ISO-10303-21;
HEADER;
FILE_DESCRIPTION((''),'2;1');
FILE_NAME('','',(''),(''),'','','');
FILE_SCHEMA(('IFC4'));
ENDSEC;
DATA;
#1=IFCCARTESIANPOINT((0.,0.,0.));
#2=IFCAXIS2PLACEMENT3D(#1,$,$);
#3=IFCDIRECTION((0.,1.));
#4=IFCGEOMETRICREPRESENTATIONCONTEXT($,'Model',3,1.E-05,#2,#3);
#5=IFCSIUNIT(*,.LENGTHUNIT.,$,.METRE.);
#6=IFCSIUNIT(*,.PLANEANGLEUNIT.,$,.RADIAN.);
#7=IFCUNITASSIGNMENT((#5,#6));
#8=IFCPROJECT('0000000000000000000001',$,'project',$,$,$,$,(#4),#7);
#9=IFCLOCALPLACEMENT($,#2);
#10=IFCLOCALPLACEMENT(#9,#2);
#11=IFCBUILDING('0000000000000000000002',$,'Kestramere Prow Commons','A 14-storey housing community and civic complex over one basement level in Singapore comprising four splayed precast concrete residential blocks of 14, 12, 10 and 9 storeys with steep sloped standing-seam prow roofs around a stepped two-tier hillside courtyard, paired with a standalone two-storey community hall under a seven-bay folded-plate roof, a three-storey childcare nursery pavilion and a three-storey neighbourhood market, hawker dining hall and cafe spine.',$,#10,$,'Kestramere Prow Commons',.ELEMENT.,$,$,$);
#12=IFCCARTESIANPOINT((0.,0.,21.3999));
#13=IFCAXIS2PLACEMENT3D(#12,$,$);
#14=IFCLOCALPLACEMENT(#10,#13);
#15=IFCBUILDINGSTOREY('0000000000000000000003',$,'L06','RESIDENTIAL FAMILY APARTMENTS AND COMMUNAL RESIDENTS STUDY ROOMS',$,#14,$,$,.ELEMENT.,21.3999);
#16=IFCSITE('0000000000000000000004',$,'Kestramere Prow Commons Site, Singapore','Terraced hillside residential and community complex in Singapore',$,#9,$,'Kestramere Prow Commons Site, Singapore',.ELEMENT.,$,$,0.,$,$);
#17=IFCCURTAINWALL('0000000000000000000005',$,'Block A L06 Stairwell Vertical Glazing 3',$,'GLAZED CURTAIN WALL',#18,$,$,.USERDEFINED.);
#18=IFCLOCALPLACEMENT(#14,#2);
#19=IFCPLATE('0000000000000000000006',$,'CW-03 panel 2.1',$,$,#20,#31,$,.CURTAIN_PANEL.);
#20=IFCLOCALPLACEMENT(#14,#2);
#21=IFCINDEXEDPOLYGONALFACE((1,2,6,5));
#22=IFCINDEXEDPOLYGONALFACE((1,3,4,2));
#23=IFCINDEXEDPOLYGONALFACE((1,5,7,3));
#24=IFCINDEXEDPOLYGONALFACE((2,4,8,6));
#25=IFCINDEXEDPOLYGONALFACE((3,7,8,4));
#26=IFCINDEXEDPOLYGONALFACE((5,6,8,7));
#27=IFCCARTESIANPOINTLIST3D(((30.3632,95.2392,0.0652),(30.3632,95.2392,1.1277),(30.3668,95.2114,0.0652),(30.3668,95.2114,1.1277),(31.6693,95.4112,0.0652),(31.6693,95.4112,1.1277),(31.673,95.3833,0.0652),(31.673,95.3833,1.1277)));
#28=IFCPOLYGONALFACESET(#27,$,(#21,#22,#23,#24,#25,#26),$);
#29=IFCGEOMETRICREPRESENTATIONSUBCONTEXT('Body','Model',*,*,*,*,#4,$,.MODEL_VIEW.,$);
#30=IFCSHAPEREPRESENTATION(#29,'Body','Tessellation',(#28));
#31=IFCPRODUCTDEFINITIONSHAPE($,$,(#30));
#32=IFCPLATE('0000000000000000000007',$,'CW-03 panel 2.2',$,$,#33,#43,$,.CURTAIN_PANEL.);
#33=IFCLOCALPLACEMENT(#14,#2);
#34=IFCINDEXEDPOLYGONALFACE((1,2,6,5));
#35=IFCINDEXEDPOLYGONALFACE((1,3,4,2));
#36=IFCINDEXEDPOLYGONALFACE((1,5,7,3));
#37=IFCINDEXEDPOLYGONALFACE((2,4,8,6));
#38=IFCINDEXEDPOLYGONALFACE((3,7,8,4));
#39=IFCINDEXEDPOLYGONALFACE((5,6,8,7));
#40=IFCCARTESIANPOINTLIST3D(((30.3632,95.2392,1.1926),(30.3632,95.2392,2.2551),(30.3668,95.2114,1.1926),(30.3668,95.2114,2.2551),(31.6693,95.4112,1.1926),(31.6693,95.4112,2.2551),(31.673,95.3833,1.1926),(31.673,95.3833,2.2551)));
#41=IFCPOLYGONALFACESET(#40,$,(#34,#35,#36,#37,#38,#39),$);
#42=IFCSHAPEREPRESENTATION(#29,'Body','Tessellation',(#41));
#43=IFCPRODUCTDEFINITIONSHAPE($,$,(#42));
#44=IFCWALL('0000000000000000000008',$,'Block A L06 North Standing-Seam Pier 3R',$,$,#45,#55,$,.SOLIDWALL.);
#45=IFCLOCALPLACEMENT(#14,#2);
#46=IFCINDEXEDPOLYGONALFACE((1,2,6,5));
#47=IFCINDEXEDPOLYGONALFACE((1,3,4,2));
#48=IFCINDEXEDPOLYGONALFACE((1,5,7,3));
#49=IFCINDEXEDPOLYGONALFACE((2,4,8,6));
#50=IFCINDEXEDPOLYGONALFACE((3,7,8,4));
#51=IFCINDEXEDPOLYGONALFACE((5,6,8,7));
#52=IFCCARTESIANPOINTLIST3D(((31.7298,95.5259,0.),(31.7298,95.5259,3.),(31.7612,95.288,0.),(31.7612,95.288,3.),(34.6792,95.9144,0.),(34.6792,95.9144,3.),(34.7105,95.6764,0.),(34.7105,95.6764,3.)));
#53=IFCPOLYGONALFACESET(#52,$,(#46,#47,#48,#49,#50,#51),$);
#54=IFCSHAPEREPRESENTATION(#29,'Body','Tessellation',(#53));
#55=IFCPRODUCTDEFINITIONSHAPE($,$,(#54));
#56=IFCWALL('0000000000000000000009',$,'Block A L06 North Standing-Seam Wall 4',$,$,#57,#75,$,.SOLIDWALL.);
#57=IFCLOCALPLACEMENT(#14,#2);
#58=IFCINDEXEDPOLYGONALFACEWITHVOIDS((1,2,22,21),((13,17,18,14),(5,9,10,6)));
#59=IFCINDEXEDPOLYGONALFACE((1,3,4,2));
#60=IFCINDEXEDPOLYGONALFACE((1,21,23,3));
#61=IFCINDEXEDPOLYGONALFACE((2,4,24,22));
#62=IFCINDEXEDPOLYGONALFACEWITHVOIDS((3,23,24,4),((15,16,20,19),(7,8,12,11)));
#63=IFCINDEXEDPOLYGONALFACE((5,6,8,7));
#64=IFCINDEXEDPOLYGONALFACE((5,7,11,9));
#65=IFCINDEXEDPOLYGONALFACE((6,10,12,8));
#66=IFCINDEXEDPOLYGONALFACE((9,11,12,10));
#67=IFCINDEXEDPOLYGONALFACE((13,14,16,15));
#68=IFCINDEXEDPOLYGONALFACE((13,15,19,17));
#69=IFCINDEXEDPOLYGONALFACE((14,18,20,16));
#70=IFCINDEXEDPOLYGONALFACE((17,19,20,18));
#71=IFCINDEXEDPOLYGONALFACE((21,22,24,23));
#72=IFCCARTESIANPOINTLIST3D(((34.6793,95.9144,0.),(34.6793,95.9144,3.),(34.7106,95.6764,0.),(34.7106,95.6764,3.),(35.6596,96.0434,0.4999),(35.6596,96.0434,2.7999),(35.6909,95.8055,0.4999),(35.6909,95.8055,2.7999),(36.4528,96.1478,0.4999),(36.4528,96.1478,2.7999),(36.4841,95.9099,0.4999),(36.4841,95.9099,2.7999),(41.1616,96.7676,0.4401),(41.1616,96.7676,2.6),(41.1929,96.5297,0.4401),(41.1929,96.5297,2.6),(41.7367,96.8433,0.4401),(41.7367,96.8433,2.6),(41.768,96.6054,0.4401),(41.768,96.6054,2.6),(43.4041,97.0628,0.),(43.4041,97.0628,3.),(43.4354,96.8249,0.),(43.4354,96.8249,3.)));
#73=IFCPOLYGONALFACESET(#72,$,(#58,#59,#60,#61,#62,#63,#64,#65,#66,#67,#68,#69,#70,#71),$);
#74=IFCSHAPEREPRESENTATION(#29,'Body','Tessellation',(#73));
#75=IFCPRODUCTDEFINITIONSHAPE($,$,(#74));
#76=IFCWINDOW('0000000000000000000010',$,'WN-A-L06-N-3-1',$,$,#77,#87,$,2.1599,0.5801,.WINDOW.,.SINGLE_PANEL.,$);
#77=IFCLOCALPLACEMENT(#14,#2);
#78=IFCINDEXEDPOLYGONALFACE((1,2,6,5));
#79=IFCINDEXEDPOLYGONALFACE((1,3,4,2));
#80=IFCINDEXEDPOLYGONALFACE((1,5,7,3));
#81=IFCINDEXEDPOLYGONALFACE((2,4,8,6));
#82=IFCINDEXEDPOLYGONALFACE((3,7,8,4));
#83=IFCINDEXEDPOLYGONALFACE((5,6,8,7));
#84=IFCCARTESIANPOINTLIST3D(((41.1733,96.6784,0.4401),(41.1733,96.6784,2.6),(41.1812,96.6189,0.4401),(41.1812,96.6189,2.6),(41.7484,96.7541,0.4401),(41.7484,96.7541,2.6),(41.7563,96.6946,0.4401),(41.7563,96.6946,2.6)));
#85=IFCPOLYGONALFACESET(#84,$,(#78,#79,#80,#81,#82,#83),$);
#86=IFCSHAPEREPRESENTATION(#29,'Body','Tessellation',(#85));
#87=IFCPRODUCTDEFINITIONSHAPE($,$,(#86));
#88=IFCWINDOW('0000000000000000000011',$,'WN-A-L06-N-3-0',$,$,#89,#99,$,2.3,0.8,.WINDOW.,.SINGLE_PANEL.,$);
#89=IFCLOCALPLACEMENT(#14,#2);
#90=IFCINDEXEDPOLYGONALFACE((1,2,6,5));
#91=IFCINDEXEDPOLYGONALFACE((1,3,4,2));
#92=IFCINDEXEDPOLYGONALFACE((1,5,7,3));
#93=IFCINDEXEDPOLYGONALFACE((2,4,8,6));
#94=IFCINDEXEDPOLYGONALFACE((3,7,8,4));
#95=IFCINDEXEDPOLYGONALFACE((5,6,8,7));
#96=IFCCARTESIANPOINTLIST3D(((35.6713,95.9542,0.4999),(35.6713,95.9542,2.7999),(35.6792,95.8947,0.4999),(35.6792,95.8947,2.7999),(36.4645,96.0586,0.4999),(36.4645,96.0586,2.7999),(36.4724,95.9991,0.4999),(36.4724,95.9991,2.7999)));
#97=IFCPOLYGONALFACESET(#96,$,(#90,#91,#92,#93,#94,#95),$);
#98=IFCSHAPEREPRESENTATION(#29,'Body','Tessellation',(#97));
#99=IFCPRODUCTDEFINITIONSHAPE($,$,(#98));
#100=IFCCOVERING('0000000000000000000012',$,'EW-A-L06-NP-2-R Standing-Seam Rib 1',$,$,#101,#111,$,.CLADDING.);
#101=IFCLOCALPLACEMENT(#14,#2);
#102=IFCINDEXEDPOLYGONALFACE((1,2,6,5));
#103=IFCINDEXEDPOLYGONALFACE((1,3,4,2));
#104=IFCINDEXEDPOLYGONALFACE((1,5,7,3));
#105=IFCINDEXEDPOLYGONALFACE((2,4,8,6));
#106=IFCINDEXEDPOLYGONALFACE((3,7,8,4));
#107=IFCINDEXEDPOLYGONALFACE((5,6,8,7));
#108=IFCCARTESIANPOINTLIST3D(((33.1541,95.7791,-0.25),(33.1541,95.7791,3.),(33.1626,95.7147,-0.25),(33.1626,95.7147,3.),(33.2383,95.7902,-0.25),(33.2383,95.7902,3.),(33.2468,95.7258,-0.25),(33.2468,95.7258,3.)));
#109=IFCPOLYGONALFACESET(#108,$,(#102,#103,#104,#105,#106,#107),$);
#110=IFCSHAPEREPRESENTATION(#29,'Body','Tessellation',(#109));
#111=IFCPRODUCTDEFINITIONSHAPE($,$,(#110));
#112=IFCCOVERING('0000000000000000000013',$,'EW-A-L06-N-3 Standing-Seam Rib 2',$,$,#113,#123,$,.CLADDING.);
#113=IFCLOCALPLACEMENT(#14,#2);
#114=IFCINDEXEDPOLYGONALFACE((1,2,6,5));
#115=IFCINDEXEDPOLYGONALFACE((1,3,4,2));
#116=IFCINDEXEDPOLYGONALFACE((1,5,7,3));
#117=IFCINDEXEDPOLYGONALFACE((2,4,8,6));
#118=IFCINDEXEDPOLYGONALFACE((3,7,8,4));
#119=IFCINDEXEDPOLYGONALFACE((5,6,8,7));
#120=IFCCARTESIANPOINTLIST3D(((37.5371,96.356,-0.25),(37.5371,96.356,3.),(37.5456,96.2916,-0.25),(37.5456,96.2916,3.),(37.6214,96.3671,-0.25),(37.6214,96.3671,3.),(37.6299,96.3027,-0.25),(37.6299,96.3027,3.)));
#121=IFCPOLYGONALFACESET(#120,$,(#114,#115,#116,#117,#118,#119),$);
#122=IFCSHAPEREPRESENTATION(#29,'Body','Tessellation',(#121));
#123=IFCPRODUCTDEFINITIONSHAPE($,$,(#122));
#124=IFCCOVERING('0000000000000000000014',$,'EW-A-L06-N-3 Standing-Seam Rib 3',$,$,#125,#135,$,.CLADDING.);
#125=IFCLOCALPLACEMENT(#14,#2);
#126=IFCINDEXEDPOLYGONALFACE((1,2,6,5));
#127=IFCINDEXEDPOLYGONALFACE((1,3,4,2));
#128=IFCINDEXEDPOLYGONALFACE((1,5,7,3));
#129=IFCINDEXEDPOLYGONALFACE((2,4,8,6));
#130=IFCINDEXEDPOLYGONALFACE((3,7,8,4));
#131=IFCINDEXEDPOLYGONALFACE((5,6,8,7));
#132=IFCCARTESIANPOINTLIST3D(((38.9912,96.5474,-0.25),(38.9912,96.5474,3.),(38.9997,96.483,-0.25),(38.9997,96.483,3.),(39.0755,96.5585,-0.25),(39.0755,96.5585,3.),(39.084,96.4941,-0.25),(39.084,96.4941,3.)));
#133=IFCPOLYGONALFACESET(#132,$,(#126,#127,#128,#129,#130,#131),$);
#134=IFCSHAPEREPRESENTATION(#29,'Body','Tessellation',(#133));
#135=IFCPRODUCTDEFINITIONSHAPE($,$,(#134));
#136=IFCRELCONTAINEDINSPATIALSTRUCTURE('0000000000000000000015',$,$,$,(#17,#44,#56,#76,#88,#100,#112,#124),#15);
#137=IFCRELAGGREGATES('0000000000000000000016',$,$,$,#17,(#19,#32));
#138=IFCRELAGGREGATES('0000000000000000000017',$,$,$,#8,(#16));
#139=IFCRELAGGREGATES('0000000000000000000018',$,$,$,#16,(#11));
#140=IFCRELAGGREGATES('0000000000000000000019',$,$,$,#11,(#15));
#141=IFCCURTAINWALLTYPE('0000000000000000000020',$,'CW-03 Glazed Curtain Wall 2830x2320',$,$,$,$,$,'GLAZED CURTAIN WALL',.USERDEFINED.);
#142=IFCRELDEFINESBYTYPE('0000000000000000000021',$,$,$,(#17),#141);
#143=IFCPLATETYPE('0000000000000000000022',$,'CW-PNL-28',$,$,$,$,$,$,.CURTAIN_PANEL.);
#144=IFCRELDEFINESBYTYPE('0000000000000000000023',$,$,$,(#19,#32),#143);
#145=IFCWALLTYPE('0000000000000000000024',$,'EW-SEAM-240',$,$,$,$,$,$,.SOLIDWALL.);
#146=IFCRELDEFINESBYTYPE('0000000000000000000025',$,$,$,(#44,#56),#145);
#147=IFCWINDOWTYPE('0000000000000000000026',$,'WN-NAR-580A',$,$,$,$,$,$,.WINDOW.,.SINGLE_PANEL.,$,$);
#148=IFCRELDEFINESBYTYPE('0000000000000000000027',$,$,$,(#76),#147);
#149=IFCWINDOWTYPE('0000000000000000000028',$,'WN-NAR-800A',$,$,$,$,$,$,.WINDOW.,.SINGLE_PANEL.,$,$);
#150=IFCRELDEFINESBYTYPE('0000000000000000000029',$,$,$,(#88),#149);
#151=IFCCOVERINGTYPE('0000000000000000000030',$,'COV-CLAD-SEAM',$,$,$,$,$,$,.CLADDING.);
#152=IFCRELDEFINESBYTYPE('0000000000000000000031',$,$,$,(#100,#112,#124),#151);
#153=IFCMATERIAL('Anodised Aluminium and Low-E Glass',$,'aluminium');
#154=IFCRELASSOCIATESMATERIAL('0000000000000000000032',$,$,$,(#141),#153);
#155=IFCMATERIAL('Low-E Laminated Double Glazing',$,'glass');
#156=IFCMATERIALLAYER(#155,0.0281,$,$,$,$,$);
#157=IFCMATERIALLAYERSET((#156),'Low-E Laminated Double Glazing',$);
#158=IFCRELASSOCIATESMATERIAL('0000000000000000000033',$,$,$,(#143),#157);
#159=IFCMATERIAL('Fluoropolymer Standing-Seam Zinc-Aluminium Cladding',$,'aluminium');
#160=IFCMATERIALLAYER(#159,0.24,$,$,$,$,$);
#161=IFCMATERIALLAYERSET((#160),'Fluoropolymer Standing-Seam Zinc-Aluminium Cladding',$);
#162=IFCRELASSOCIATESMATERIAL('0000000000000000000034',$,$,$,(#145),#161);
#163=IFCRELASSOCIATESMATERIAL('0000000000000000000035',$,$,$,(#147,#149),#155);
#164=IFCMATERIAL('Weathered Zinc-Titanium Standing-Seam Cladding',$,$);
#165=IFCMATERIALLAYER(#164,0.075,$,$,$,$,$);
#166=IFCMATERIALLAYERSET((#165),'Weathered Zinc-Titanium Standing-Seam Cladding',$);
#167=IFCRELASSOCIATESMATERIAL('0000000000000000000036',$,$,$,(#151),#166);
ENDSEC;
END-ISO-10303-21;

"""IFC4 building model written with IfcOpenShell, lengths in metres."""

from ifc_helpers import new_model, si_unit, direction, frame, frame_2d, origin, origin_2d, place, context, subcontext, project, spatial, rectangle, extrude, material, layer, layer_set, type_object, element, fill, aggregate, save


model = new_model("IFC4")

# Units and contexts
model_context = context("Model", 3, precision=1e-05, world=origin(), true_north=direction((0.0, 1.0)))
body_context = subcontext(model_context, "Body", "Model", "MODEL_VIEW")
ifc_project = project(units=[si_unit("LENGTHUNIT", "METRE"), si_unit("PLANEANGLEUNIT", "RADIAN")], contexts=[model_context])

# Site, building, storey
site_placement = place(None, origin())
site = spatial("IfcSite", under=ifc_project, at=site_placement, Name="Kestramere Prow Commons Site, Singapore", Description="Terraced hillside residential and community complex in Singapore", LongName="Kestramere Prow Commons Site, Singapore", CompositionType="ELEMENT", RefElevation=0.0)
building_placement = place(site_placement, origin())
building = spatial("IfcBuilding", under=site, at=building_placement, Name="Kestramere Prow Commons", Description="A 14-storey housing community and civic complex over one basement level in Singapore comprising four splayed precast concrete residential blocks of 14, 12, 10 and 9 storeys with steep sloped standing-seam prow roofs around a stepped two-tier hillside courtyard, paired with a standalone two-storey community hall under a seven-bay folded-plate roof, a three-storey childcare nursery pavilion and a three-storey neighbourhood market, hawker dining hall and cafe spine.", LongName="Kestramere Prow Commons", CompositionType="ELEMENT")
storey_placement = place(building_placement, frame((0.0, 0.0, 21.3999)))
storey = spatial("IfcBuildingStorey", under=building, at=storey_placement, Name="L06", Description="RESIDENTIAL FAMILY APARTMENTS AND COMMUNAL RESIDENTS STUDY ROOMS", CompositionType="ELEMENT", Elevation=21.3999)

# Curtain wall
ifc_material_1 = material(Name="Anodised Aluminium and Low-E Glass", Category="aluminium")
curtain_wall_type = type_object("IfcCurtainWallType", Name="CW-03 Glazed Curtain Wall 2830x2320", ElementType="GLAZED CURTAIN WALL", PredefinedType="USERDEFINED", material=ifc_material_1)
curtain_wall_placement = place(storey_placement, origin())
curtain_wall = element("IfcCurtainWall", 1, at=curtain_wall_placement, inside=storey, type_object=curtain_wall_type, Name="Block A L06 Stairwell Vertical Glazing 3", ObjectType="GLAZED CURTAIN WALL", PredefinedType="USERDEFINED")

# Plates
ifc_material_2 = material(Name="Low-E Laminated Double Glazing", Category="glass")
ifc_layer_1 = layer(ifc_material_2, 0.0281)
ifc_layer_set_1 = layer_set([ifc_layer_1], Name="Low-E Laminated Double Glazing")
plate_type = type_object("IfcPlateType", Name="CW-PNL-28", PredefinedType="CURTAIN_PANEL", material=ifc_layer_set_1)
plate_1_placement = place(storey_placement, frame((31.0181, 95.3113, 0.0652), z_axis=(0.0, 0.0, 1.0), x_axis=(0.991445, 0.130526, 0.0)))
plate_1 = element("IfcPlate", 2, at=plate_1_placement, type_object=plate_type, Name="CW-03 panel 2.1", PredefinedType="CURTAIN_PANEL", context=body_context, shape_type="SweptSolid", body=[
    extrude(rectangle(XDim=1.3174, YDim=0.0281, at=origin_2d()), origin(), (0.0, 0.0, 1.0), 1.0625),
])
plate_2_placement = place(storey_placement, frame((31.0181, 95.3113, 1.1926), z_axis=(0.0, 0.0, 1.0), x_axis=(0.991445, 0.130526, 0.0)))
plate_2 = element("IfcPlate", 3, at=plate_2_placement, type_object=plate_type, Name="CW-03 panel 2.2", PredefinedType="CURTAIN_PANEL", context=body_context, shape_type="SweptSolid", body=[
    extrude(rectangle(XDim=1.3174, YDim=0.0281, at=origin_2d()), origin(), (0.0, 0.0, 1.0), 1.0625),
])
aggregate(curtain_wall, [plate_1, plate_2])

# Wall
ifc_material_3 = material(Name="Fluoropolymer Standing-Seam Zinc-Aluminium Cladding", Category="aluminium")
ifc_layer_2 = layer(ifc_material_3, 0.24)
ifc_layer_set_2 = layer_set([ifc_layer_2], Name="Fluoropolymer Standing-Seam Zinc-Aluminium Cladding")
wall_type = type_object("IfcWallType", Name="EW-SEAM-240", PredefinedType="SOLIDWALL", material=ifc_layer_set_2)
wall_1_placement = place(storey_placement, frame((31.7456, 95.407, 0.0), z_axis=(0.0, 0.0, 1.0), x_axis=(0.991439, 0.130567, 0.0)))
element("IfcWall", 4, at=wall_1_placement, inside=storey, type_object=wall_type, Name="Block A L06 North Standing-Seam Pier 3R", PredefinedType="SOLIDWALL", context=body_context, shape_type="SweptSolid", body=[
    extrude(rectangle(XDim=2.9749, YDim=0.24, at=frame_2d((1.4873, 0.0))), origin(), (0.0, 0.0, 1.0), 3.0),
])

# Wall, openings, windows
wall_2_placement = place(storey_placement, frame((34.6951, 95.7954, 0.0), z_axis=(0.0, 0.0, 1.0), x_axis=(0.991448, 0.130503, 0.0)))
wall_2 = element("IfcWall", 5, at=wall_2_placement, inside=storey, type_object=wall_type, Name="Block A L06 North Standing-Seam Wall 4", PredefinedType="SOLIDWALL", context=body_context, shape_type="SweptSolid", body=[
    extrude(rectangle(XDim=8.8, YDim=0.24, at=frame_2d((4.3999, 0.0))), origin(), (0.0, 0.0, 1.0), 3.0),
])
opening_1_placement = place(wall_2_placement, frame((0.9888, 0.0, 0.5)))
opening_1 = element("IfcOpeningElement", 6, at=opening_1_placement, cuts=wall_2, PredefinedType="OPENING", context=body_context, shape_type="SweptSolid", body=[
    extrude(rectangle(XDim=0.8, YDim=2.3, at=frame_2d((0.3999, 1.1499))), frame((0.0, 0.135, 0.0), z_axis=(0.0, -1.0, 0.0), x_axis=(1.0, 0.0, 0.0)), (0.0, 0.0, 1.0), 0.27),
])
opening_2_placement = place(wall_2_placement, frame((6.5381, 0.0, 0.4399)))
opening_2 = element("IfcOpeningElement", 7, at=opening_2_placement, cuts=wall_2, PredefinedType="OPENING", context=body_context, shape_type="SweptSolid", body=[
    extrude(rectangle(XDim=0.5801, YDim=2.1599, at=frame_2d((0.29, 1.0801))), frame((0.0, 0.135, 0.0), z_axis=(0.0, -1.0, 0.0), x_axis=(1.0, 0.0, 0.0)), (0.0, 0.0, 1.0), 0.27),
])
window_type_1 = type_object("IfcWindowType", Name="WN-NAR-580A", PartitioningType="SINGLE_PANEL", PredefinedType="WINDOW", material=ifc_material_2)
window_1_placement = place(opening_2_placement, origin())
window_1 = element("IfcWindow", 8, at=window_1_placement, inside=storey, type_object=window_type_1, Name="WN-A-L06-N-3-1", OverallHeight=2.1599, OverallWidth=0.5801, PartitioningType="SINGLE_PANEL", PredefinedType="WINDOW", context=body_context, shape_type="SweptSolid", body=[
    extrude(rectangle(XDim=0.5801, YDim=2.1599, at=frame_2d((0.29, 1.0801))), frame((0.0, 0.03, 0.0), z_axis=(0.0, -1.0, 0.0), x_axis=(1.0, 0.0, 0.0)), (0.0, 0.0, 1.0), 0.0601),
])
fill(opening_2, window_1)
window_type_2 = type_object("IfcWindowType", Name="WN-NAR-800A", PartitioningType="SINGLE_PANEL", PredefinedType="WINDOW", material=ifc_material_2)
window_2_placement = place(opening_1_placement, origin())
window_2 = element("IfcWindow", 9, at=window_2_placement, inside=storey, type_object=window_type_2, Name="WN-A-L06-N-3-0", OverallHeight=2.3, OverallWidth=0.8, PartitioningType="SINGLE_PANEL", PredefinedType="WINDOW", context=body_context, shape_type="SweptSolid", body=[
    extrude(rectangle(XDim=0.8, YDim=2.3, at=frame_2d((0.3999, 1.1499))), frame((0.0, 0.03, 0.0), z_axis=(0.0, -1.0, 0.0), x_axis=(1.0, 0.0, 0.0)), (0.0, 0.0, 1.0), 0.0601),
])
fill(opening_1, window_2)

# Coverings
ifc_material_4 = material(Name="Weathered Zinc-Titanium Standing-Seam Cladding")
ifc_layer_3 = layer(ifc_material_4, 0.075)
ifc_layer_set_3 = layer_set([ifc_layer_3], Name="Weathered Zinc-Titanium Standing-Seam Cladding")
covering_type = type_object("IfcCoveringType", Name="COV-CLAD-SEAM", PredefinedType="CLADDING", material=ifc_layer_set_3)
for number, where, z_axis, x_axis, name in (
    (10, (33.2004, 95.7524, -0.25), (0.0, 0.0, 1.0), (0.991445, 0.130526, 0.0), "EW-A-L06-NP-2-R Standing-Seam Rib 1"),
    (11, (37.5835, 96.3293, -0.25), (0.0, 0.0, 1.0), (0.991445, 0.130526, 0.0), "EW-A-L06-N-3 Standing-Seam Rib 2"),
    (12, (39.0376, 96.5208, -0.25), (0.0, 0.0, 1.0), (0.991445, 0.130526, 0.0), "EW-A-L06-N-3 Standing-Seam Rib 3"),
):
    element("IfcCovering", number, at=place(storey_placement, frame(where, z_axis=z_axis, x_axis=x_axis)), inside=storey, type_object=covering_type, Name=name, PredefinedType="CLADDING", context=body_context, shape_type="SweptSolid", body=[
        extrude(rectangle(XDim=0.085, YDim=0.0649, at=origin_2d()), origin(), (0.0, 0.0, 1.0), 3.25),
    ])

save(model, "model.ifc")
